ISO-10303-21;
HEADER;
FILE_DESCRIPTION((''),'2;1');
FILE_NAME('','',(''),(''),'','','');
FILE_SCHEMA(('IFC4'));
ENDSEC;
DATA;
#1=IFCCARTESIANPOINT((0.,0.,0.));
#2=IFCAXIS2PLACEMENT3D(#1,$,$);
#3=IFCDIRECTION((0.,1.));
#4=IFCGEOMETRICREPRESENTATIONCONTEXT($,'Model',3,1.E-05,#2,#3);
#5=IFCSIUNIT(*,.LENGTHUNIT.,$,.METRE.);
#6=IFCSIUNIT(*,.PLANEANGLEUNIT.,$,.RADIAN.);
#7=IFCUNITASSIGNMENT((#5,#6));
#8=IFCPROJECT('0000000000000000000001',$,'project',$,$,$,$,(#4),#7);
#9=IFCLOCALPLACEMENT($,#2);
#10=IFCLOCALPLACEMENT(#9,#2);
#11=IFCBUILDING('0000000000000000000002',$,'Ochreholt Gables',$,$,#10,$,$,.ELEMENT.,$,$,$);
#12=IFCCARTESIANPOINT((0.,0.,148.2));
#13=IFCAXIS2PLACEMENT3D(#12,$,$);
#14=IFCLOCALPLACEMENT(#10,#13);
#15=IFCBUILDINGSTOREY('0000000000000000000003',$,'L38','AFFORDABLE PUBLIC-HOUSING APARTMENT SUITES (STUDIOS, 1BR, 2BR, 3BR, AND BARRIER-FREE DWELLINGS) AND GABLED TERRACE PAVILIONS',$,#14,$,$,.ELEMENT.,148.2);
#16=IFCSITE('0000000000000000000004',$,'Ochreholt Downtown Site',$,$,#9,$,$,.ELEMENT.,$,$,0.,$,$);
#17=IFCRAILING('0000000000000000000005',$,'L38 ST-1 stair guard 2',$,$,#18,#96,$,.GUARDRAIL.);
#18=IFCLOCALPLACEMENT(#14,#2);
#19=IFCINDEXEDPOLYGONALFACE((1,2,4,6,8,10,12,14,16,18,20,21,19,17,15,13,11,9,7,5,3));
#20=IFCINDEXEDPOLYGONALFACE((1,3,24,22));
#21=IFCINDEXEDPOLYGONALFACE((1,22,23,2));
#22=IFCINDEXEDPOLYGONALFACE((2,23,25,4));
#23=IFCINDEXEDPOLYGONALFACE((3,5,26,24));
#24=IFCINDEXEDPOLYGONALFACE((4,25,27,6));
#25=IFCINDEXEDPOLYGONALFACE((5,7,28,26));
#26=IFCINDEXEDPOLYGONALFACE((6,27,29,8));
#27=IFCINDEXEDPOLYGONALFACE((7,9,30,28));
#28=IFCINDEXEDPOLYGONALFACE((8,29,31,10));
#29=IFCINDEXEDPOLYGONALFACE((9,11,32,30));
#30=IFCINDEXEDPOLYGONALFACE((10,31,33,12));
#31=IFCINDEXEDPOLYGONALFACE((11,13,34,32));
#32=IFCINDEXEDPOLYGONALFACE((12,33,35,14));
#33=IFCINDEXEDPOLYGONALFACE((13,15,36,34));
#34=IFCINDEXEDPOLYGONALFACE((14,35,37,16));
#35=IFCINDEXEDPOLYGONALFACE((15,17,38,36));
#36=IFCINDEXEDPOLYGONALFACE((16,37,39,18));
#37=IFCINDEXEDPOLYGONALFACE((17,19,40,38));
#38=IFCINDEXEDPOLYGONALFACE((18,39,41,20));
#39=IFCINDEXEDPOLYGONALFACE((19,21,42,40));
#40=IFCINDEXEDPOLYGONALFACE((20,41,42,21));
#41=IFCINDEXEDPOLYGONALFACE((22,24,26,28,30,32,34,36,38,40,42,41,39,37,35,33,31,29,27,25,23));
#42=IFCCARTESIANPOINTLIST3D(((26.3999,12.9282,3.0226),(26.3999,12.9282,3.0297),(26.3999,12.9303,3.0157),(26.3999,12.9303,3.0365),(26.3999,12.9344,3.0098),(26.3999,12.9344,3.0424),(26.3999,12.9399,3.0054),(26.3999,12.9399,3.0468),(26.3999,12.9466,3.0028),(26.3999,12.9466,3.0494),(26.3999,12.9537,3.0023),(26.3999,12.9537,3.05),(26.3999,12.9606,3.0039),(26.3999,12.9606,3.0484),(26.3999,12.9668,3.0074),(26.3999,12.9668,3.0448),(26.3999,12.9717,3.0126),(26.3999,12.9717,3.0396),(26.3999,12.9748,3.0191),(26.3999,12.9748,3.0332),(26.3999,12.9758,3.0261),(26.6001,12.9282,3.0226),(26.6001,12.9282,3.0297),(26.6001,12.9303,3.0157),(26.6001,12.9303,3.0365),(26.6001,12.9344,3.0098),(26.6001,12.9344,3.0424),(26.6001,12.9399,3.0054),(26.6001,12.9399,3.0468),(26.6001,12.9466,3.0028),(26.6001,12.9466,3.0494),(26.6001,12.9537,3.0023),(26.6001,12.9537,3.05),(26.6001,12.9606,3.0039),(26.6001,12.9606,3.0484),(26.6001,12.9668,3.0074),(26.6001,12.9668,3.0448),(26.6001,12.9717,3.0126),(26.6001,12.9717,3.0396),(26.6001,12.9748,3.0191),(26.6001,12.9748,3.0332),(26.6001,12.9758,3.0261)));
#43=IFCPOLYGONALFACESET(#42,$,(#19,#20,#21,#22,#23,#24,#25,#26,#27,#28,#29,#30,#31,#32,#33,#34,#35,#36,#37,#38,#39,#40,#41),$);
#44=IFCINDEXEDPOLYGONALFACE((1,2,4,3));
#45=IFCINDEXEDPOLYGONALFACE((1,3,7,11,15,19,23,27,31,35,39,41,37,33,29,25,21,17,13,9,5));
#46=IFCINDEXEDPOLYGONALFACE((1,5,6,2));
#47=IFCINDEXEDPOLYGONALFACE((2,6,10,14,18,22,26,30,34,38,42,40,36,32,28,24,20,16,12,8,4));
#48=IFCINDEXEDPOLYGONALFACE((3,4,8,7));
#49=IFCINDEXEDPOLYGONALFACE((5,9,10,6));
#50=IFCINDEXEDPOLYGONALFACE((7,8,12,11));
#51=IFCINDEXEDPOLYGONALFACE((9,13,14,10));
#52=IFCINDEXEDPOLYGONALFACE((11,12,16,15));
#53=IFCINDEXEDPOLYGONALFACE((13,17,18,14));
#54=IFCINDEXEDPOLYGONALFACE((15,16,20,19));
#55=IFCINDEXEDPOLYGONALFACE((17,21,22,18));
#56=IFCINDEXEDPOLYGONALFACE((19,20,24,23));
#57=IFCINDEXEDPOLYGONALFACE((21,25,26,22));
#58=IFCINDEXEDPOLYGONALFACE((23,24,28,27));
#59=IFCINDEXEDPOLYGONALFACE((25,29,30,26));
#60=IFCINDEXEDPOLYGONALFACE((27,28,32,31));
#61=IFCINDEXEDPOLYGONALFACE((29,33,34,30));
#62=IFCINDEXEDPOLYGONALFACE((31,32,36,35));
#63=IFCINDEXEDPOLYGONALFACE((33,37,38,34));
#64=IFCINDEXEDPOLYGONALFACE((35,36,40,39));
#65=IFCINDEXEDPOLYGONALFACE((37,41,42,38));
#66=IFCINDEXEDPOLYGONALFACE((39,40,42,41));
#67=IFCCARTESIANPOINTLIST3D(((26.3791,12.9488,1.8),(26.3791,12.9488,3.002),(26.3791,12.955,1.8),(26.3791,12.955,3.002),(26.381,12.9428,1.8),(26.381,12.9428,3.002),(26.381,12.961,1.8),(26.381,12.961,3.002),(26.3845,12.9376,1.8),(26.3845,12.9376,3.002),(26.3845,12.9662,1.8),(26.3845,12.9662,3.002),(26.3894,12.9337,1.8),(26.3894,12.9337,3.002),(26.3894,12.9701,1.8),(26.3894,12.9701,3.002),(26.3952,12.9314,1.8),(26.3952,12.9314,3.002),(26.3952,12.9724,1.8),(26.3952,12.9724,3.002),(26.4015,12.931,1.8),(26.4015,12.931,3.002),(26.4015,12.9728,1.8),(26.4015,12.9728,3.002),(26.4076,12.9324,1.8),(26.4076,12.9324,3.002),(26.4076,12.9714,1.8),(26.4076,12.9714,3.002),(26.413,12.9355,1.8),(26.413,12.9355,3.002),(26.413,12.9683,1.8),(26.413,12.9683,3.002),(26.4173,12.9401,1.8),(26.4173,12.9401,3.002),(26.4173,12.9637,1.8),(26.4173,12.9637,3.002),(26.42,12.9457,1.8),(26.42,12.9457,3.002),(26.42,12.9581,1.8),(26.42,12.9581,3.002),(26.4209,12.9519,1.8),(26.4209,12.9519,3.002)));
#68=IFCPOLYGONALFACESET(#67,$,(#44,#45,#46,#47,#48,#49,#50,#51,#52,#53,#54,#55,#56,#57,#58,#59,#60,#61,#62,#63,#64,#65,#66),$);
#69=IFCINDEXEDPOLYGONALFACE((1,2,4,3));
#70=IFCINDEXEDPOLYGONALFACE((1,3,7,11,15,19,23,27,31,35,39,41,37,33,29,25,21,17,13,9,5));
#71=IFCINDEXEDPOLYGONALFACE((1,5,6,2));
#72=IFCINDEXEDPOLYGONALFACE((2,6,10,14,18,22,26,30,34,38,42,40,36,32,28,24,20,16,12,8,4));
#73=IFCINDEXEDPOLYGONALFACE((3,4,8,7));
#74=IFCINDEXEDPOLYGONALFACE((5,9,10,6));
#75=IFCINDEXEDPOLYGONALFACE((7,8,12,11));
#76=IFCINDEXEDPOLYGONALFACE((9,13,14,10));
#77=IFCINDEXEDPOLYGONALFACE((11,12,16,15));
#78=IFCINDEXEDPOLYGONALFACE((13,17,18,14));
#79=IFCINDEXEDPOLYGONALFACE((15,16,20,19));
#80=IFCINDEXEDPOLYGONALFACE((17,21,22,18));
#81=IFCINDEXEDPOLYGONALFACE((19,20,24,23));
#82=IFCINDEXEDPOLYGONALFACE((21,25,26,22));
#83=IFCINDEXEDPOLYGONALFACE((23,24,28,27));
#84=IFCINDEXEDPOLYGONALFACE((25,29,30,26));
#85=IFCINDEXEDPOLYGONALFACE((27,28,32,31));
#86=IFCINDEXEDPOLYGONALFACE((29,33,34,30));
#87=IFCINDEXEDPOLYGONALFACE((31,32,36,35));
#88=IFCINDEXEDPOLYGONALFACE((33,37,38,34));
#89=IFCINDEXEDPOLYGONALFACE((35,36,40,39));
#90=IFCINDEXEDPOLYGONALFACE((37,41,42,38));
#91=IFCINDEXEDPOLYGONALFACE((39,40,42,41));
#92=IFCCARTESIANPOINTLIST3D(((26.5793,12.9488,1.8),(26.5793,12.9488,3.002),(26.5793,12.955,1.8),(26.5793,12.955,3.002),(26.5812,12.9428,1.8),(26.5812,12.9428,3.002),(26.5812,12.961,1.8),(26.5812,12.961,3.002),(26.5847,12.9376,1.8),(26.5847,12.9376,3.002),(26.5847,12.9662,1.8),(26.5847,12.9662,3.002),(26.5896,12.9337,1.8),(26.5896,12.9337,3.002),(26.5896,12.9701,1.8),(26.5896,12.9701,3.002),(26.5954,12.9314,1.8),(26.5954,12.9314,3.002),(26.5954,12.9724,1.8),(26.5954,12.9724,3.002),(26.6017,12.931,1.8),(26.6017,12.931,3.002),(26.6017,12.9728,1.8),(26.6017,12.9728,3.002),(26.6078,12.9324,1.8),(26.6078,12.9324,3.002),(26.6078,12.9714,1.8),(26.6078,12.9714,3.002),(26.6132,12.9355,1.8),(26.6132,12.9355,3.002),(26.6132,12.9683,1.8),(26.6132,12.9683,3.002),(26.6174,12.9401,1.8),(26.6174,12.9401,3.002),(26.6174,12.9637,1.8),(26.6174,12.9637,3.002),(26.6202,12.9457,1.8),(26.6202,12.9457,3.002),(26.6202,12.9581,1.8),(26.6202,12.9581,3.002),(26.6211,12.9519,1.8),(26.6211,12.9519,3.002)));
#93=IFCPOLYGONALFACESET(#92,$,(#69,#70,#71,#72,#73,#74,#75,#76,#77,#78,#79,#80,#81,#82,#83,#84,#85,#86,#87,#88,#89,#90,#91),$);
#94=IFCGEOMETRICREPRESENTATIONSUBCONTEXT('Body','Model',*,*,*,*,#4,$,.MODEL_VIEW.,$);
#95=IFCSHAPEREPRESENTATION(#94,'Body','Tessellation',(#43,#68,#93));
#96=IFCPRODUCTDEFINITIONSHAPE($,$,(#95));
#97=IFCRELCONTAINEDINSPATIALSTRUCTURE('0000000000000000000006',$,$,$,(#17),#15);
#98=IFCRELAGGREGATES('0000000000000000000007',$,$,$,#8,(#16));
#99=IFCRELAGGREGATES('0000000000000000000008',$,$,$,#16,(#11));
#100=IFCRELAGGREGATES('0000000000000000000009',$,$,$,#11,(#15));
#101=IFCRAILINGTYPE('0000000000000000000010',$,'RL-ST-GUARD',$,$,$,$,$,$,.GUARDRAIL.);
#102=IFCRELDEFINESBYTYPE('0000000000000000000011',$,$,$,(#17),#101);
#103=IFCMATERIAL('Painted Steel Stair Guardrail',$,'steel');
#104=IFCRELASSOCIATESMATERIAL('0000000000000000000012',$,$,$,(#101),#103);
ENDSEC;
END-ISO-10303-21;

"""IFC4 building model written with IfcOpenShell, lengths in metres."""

from ifc_helpers import new_model, si_unit, direction, frame, origin, origin_2d, place, context, subcontext, project, spatial, circle, extrude, material, type_object, element, save


model = new_model("IFC4")

# Units and contexts
model_context = context("Model", 3, precision=1e-05, world=origin(), true_north=direction((0.0, 1.0)))
body_context = subcontext(model_context, "Body", "Model", "MODEL_VIEW")
ifc_project = project(units=[si_unit("LENGTHUNIT", "METRE"), si_unit("PLANEANGLEUNIT", "RADIAN")], contexts=[model_context])

# Site, building, storey
site_placement = place(None, origin())
site = spatial("IfcSite", under=ifc_project, at=site_placement, Name="Ochreholt Downtown Site", CompositionType="ELEMENT", RefElevation=0.0)
building_placement = place(site_placement, origin())
building = spatial("IfcBuilding", under=site, at=building_placement, Name="Ochreholt Gables", CompositionType="ELEMENT")
storey_placement = place(building_placement, frame((0.0, 0.0, 148.2)))
storey = spatial("IfcBuildingStorey", under=building, at=storey_placement, Name="L38", Description="AFFORDABLE PUBLIC-HOUSING APARTMENT SUITES (STUDIOS, 1BR, 2BR, 3BR, AND BARRIER-FREE DWELLINGS) AND GABLED TERRACE PAVILIONS", CompositionType="ELEMENT", Elevation=148.2)

# Railing
ifc_material_1 = material(Name="Painted Steel Stair Guardrail", Category="steel")
railing_type_1 = type_object("IfcRailingType", Name="RL-ST-GUARD", PredefinedType="GUARDRAIL", material=ifc_material_1)
railing_1_placement = place(storey_placement, frame((26.3999, 12.9519, 1.8)))
element("IfcRailing", 1, at=railing_1_placement, inside=storey, type_object=railing_type_1, Name="L38 ST-1 stair guard 2", PredefinedType="GUARDRAIL", context=body_context, shape_type="SweptSolid", body=[
    extrude(circle(Radius=0.0239, at=origin_2d()), frame((0.0, 0.0, 1.2261), z_axis=(1.0, 0.0, 0.0), x_axis=(0.0, 1.0, 0.0)), (0.0, 0.0, 1.0), 0.2002),
    extrude(circle(Radius=0.021, at=origin_2d()), origin(), (0.0, 0.0, 1.0), 1.2019),
    extrude(circle(Radius=0.021, at=origin_2d()), frame((0.2002, 0.0, 0.0)), (0.0, 0.0, 1.0), 1.2019),
])

save(model, "model.ifc")
